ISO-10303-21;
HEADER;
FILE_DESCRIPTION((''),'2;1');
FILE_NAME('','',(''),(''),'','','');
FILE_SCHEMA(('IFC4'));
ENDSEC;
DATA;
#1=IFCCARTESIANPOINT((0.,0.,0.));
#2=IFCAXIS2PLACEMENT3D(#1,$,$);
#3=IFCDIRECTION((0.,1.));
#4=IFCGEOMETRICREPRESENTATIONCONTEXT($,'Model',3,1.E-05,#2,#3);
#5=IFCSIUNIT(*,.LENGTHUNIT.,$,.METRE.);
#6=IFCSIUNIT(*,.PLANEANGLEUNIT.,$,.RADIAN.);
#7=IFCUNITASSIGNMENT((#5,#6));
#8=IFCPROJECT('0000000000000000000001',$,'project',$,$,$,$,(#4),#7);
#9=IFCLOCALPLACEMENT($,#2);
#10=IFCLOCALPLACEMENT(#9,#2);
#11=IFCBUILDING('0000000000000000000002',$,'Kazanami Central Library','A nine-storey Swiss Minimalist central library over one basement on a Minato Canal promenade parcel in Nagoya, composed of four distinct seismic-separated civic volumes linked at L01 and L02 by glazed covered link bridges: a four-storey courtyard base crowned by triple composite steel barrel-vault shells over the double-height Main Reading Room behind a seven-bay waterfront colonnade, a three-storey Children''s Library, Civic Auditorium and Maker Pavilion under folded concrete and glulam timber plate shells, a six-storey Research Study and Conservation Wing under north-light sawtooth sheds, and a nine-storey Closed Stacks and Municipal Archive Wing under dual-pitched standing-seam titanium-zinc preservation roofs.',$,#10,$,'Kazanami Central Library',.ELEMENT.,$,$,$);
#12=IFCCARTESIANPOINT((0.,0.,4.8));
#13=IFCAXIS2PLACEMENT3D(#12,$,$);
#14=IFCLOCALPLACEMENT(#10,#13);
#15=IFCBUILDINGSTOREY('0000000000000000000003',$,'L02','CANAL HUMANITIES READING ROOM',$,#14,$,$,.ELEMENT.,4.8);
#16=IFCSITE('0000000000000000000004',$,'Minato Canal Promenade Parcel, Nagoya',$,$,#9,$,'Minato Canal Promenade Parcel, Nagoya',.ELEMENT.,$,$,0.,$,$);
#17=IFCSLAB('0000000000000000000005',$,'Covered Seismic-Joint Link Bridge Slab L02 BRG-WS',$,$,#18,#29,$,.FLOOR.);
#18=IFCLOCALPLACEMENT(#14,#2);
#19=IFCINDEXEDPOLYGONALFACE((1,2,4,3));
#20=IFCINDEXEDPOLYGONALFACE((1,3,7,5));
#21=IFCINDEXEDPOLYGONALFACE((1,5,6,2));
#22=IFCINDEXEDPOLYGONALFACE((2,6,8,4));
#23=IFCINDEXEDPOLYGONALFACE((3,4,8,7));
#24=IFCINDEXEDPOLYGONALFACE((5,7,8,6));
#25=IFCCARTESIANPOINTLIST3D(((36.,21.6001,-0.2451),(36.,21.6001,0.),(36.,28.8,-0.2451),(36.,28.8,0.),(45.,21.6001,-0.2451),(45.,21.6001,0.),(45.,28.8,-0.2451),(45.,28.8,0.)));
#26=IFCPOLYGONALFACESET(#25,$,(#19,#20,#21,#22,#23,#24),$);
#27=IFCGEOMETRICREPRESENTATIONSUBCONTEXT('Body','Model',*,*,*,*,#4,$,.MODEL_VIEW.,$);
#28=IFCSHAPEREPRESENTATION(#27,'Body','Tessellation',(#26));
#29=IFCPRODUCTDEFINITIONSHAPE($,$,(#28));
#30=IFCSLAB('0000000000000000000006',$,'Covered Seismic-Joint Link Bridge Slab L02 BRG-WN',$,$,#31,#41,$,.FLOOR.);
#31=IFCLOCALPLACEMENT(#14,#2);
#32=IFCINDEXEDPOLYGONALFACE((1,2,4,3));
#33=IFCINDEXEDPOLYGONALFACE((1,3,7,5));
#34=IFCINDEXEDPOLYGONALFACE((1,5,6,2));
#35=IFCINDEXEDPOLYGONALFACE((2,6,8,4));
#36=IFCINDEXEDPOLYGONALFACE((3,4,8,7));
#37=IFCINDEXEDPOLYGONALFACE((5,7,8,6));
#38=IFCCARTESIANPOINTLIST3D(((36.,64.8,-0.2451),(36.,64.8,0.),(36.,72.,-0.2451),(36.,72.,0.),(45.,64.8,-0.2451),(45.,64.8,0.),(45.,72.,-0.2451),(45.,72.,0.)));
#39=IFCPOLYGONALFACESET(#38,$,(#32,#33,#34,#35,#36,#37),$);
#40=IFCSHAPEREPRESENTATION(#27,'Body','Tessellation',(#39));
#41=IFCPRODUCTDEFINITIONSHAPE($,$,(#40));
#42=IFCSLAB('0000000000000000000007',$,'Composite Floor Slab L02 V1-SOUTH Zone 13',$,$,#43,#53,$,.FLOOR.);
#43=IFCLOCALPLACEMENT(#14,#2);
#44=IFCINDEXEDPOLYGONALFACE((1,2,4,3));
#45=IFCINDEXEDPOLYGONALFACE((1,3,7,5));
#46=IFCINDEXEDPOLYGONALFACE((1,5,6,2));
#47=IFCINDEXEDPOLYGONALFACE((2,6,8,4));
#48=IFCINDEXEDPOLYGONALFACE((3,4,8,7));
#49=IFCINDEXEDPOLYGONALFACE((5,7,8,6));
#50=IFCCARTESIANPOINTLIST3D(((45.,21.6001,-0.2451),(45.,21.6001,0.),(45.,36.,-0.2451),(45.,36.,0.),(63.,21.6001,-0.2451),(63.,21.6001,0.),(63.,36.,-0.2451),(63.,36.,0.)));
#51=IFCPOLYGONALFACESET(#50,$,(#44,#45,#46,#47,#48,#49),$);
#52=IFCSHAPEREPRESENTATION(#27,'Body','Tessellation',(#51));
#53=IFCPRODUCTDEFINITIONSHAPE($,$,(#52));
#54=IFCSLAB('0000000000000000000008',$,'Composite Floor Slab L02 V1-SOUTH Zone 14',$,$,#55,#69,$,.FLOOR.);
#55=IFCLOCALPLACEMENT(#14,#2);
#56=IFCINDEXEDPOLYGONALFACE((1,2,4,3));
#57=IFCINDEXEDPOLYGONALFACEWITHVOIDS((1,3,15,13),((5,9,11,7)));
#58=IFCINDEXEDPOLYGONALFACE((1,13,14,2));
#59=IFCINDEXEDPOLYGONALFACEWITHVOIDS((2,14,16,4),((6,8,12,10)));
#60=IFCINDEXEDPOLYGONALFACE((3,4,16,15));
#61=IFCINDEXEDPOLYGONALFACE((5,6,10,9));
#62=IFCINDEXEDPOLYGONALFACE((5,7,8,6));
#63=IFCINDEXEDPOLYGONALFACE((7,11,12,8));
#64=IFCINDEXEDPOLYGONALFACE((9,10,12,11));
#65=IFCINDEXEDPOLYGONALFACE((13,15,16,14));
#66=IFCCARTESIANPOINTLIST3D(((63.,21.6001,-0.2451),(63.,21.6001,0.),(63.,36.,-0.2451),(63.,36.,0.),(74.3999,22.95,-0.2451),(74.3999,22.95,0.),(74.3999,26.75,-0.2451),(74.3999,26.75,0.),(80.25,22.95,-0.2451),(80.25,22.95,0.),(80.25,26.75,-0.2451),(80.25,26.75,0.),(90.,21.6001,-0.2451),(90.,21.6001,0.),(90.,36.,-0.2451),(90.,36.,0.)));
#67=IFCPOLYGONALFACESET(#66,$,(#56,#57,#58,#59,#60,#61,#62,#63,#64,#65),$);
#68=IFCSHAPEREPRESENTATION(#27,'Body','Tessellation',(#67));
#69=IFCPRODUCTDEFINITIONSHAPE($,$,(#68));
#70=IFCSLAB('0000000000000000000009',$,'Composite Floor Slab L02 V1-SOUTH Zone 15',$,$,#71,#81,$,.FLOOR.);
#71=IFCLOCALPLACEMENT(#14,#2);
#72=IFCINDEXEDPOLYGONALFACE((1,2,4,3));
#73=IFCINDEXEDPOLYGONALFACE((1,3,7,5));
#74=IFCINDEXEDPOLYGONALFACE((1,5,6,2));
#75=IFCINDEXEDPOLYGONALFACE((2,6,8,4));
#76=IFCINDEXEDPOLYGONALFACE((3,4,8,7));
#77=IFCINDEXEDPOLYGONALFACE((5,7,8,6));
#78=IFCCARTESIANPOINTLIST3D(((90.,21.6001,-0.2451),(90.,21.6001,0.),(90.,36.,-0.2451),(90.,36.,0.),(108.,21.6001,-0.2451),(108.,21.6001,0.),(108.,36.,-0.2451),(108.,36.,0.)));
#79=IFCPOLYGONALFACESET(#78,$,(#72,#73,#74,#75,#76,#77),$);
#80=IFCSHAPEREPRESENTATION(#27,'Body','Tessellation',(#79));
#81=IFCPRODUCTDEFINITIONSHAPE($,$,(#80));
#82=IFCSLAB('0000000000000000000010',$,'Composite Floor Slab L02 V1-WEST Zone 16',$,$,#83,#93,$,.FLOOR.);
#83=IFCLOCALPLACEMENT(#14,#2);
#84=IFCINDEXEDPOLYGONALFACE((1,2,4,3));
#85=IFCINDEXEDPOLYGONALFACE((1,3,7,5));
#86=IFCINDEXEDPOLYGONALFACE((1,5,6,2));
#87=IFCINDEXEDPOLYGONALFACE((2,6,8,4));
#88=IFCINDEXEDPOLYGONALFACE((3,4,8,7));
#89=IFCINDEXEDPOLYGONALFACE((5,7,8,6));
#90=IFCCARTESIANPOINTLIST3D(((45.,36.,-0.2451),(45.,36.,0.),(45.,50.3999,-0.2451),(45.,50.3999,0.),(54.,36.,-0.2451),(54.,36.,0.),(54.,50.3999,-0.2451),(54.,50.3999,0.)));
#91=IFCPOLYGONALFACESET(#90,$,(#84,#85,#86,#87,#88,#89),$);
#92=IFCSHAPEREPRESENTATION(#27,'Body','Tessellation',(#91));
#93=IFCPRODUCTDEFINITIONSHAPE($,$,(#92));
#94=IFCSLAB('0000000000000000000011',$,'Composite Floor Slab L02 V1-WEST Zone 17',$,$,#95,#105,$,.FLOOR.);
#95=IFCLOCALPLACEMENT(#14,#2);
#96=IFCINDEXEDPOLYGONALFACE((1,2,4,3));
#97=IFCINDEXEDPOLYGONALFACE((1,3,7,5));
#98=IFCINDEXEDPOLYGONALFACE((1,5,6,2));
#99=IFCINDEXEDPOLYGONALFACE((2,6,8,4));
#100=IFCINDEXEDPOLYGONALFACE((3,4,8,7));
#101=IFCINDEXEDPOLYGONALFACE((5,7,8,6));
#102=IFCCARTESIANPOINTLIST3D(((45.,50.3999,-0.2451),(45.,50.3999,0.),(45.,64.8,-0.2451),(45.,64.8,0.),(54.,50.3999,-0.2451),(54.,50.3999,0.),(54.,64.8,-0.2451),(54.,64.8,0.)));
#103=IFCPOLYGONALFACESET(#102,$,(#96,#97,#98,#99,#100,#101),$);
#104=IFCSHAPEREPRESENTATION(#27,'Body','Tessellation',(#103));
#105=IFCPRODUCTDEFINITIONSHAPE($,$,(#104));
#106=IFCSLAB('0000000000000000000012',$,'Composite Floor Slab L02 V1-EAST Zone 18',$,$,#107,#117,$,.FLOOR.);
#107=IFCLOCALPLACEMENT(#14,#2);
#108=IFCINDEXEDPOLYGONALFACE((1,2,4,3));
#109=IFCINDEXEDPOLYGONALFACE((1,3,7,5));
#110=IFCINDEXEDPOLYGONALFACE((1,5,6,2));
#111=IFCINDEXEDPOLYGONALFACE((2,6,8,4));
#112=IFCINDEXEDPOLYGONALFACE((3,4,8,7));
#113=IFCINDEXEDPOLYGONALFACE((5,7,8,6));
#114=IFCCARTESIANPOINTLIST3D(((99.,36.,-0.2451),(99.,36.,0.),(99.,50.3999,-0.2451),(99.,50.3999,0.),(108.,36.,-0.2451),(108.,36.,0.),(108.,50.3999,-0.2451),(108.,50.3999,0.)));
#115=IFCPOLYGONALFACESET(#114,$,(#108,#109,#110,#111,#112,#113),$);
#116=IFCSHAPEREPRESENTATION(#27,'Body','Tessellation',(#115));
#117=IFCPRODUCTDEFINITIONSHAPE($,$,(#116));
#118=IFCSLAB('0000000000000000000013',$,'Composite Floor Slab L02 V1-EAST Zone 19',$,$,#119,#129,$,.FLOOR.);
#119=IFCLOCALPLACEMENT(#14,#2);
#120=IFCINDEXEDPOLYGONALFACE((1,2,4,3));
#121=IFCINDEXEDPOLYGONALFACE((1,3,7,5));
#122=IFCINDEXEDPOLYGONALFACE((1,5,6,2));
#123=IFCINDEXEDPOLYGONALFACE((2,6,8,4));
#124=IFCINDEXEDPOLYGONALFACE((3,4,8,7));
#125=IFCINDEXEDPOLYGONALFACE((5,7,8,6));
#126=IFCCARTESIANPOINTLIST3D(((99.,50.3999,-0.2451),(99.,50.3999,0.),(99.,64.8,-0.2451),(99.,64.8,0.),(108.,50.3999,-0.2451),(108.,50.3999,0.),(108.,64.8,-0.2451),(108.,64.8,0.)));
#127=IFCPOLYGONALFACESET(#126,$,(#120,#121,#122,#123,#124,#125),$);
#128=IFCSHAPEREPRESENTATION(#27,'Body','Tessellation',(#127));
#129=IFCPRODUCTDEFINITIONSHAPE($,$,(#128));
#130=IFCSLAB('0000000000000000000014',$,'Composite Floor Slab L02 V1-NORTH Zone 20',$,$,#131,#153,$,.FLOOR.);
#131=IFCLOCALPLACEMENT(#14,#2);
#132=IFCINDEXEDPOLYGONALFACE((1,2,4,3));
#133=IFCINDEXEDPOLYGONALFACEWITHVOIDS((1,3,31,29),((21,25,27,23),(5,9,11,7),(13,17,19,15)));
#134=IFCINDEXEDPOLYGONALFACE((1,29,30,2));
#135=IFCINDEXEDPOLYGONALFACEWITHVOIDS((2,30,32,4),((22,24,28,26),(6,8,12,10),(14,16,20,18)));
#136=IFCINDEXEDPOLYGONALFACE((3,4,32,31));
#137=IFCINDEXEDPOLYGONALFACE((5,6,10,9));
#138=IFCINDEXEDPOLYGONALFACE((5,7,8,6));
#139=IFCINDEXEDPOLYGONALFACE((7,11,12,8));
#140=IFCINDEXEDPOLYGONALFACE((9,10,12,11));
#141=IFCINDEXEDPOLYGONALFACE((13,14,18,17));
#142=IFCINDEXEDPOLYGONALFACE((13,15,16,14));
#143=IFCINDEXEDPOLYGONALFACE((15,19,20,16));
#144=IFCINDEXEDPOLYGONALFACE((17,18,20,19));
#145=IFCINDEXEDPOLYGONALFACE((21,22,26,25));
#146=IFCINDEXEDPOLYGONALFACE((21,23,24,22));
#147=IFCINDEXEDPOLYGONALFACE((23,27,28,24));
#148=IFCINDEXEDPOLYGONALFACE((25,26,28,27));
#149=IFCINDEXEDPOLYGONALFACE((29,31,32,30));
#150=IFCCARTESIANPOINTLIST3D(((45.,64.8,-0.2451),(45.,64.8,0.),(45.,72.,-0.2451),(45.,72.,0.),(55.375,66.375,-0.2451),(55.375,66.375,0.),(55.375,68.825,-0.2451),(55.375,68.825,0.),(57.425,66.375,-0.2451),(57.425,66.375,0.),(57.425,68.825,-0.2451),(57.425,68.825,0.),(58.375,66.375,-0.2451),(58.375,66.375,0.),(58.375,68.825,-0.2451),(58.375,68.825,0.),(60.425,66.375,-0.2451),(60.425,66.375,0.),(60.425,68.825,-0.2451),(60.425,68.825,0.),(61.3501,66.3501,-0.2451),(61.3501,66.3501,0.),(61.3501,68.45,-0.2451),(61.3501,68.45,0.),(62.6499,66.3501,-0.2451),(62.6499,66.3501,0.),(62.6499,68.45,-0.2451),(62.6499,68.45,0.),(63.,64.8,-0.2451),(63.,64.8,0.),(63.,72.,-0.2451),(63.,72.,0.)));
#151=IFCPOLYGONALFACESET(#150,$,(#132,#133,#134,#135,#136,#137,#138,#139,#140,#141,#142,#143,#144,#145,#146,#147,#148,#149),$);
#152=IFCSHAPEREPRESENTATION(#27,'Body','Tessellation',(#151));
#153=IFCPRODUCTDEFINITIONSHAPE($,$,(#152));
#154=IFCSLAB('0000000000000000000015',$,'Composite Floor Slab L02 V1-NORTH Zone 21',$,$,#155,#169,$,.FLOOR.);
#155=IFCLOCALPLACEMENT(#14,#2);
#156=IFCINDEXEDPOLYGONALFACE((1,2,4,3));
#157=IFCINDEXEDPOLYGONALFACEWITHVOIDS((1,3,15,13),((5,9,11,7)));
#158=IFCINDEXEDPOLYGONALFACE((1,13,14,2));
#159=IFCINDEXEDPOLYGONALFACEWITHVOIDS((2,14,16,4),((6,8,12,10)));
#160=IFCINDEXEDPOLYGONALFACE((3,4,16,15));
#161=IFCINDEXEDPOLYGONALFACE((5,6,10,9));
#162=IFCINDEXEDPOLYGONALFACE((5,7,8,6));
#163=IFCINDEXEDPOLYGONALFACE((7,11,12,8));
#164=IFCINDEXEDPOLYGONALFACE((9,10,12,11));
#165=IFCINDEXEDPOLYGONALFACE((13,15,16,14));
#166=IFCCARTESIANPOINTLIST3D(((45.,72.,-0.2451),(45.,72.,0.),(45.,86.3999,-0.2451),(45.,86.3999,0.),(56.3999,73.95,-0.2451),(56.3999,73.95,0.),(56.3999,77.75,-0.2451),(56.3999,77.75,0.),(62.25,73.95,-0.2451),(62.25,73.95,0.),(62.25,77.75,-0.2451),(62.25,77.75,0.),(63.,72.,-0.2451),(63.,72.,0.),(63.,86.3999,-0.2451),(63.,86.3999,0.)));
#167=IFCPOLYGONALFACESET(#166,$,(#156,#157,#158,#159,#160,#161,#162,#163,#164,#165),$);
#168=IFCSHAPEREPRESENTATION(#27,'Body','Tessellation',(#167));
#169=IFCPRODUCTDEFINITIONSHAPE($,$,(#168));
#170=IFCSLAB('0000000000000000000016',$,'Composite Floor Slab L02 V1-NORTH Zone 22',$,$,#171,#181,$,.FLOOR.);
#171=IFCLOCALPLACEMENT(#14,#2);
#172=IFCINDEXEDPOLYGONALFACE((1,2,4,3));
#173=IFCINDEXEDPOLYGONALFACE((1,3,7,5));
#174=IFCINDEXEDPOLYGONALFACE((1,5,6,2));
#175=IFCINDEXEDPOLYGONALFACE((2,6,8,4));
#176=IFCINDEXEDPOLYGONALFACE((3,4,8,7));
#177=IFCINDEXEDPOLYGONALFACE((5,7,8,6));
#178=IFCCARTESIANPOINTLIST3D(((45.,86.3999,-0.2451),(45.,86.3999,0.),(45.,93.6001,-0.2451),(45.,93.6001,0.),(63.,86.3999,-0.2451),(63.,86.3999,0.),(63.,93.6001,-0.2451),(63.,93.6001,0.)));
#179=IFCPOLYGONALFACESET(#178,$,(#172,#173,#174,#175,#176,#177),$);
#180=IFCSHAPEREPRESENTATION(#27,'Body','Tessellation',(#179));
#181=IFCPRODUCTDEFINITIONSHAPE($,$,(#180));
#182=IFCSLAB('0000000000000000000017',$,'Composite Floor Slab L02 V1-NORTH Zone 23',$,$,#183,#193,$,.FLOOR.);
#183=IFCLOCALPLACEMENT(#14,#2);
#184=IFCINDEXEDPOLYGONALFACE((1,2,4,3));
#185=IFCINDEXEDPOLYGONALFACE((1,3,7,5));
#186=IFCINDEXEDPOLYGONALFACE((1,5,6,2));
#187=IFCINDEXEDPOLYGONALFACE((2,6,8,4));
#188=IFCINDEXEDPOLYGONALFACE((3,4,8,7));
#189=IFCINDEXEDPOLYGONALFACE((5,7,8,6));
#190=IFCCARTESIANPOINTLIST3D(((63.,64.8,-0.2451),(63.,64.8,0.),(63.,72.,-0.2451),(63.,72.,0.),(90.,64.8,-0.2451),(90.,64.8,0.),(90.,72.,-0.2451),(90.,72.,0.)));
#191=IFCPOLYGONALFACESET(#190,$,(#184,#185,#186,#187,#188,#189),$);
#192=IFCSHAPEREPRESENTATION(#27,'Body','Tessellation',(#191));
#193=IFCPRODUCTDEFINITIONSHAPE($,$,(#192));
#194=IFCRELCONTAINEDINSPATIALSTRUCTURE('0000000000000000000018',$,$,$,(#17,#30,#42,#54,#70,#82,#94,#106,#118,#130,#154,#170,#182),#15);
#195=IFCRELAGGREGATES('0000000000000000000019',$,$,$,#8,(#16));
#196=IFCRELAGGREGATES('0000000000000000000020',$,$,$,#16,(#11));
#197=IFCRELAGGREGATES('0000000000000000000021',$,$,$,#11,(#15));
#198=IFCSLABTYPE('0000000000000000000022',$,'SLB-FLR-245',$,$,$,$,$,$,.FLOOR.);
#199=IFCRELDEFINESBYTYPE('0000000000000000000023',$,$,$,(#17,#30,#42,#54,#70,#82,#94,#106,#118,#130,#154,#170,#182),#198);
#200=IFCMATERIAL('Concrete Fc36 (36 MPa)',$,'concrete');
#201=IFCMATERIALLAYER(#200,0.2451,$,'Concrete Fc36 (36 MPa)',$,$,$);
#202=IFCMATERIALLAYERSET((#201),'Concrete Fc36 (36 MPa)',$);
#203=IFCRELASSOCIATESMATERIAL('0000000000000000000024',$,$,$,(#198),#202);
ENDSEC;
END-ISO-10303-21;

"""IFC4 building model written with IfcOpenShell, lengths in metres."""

from ifc_helpers import new_model, si_unit, direction, frame, origin, place, context, subcontext, project, spatial, polyline, outline, extrude, material, layer, layer_set, type_object, element, save


model = new_model("IFC4")

# Units and contexts
model_context = context("Model", 3, precision=1e-05, world=origin(), true_north=direction((0.0, 1.0)))
body_context = subcontext(model_context, "Body", "Model", "MODEL_VIEW")
ifc_project = project(units=[si_unit("LENGTHUNIT", "METRE"), si_unit("PLANEANGLEUNIT", "RADIAN")], contexts=[model_context])

# Site, building, storey
site_placement = place(None, origin())
site = spatial("IfcSite", under=ifc_project, at=site_placement, Name="Minato Canal Promenade Parcel, Nagoya", LongName="Minato Canal Promenade Parcel, Nagoya", CompositionType="ELEMENT", RefElevation=0.0)
building_placement = place(site_placement, origin())
building = spatial("IfcBuilding", under=site, at=building_placement, Name="Kazanami Central Library", Description="A nine-storey Swiss Minimalist central library over one basement on a Minato Canal promenade parcel in Nagoya, composed of four distinct seismic-separated civic volumes linked at L01 and L02 by glazed covered link bridges: a four-storey courtyard base crowned by triple composite steel barrel-vault shells over the double-height Main Reading Room behind a seven-bay waterfront colonnade, a three-storey Children's Library, Civic Auditorium and Maker Pavilion under folded concrete and glulam timber plate shells, a six-storey Research Study and Conservation Wing under north-light sawtooth sheds, and a nine-storey Closed Stacks and Municipal Archive Wing under dual-pitched standing-seam titanium-zinc preservation roofs.", LongName="Kazanami Central Library", CompositionType="ELEMENT")
storey_placement = place(building_placement, frame((0.0, 0.0, 4.8)))
storey = spatial("IfcBuildingStorey", under=building, at=storey_placement, Name="L02", Description="CANAL HUMANITIES READING ROOM", CompositionType="ELEMENT", Elevation=4.8)

# Slabs
ifc_material_1 = material(Name="Concrete Fc36 (36 MPa)", Category="concrete")
ifc_layer = layer(ifc_material_1, 0.2451, Name="Concrete Fc36 (36 MPa)")
ifc_layer_set = layer_set([ifc_layer], Name="Concrete Fc36 (36 MPa)")
slab_type = type_object("IfcSlabType", Name="SLB-FLR-245", PredefinedType="FLOOR", material=ifc_layer_set)
slab_1_placement = place(storey_placement, frame((0.0, 0.0, -0.2451)))
element("IfcSlab", 1, at=slab_1_placement, inside=storey, type_object=slab_type, Name="Covered Seismic-Joint Link Bridge Slab L02 BRG-WS", PredefinedType="FLOOR", context=body_context, shape_type="SweptSolid", body=[
    extrude(outline(polyline([(36.0, 21.6001), (45.0, 21.6001), (45.0, 28.8), (36.0, 28.8), (36.0, 21.6001)])), origin(), (0.0, 0.0, 1.0), 0.2451),
])
slab_2_placement = place(storey_placement, frame((0.0, 0.0, -0.2451)))
element("IfcSlab", 2, at=slab_2_placement, inside=storey, type_object=slab_type, Name="Covered Seismic-Joint Link Bridge Slab L02 BRG-WN", PredefinedType="FLOOR", context=body_context, shape_type="SweptSolid", body=[
    extrude(outline(polyline([(36.0, 64.8), (45.0, 64.8), (45.0, 72.0), (36.0, 72.0), (36.0, 64.8)])), origin(), (0.0, 0.0, 1.0), 0.2451),
])
slab_3_placement = place(storey_placement, frame((0.0, 0.0, -0.2451)))
element("IfcSlab", 3, at=slab_3_placement, inside=storey, type_object=slab_type, Name="Composite Floor Slab L02 V1-SOUTH Zone 13", PredefinedType="FLOOR", context=body_context, shape_type="SweptSolid", body=[
    extrude(outline(polyline([(45.0, 21.6001), (63.0, 21.6001), (63.0, 36.0), (45.0, 36.0), (45.0, 21.6001)])), origin(), (0.0, 0.0, 1.0), 0.2451),
])
slab_4_placement = place(storey_placement, frame((0.0, 0.0, -0.2451)))
element("IfcSlab", 4, at=slab_4_placement, inside=storey, type_object=slab_type, Name="Composite Floor Slab L02 V1-SOUTH Zone 14", PredefinedType="FLOOR", context=body_context, shape_type="SweptSolid", body=[
    extrude(outline(polyline([(63.0, 21.6001), (90.0, 21.6001), (90.0, 36.0), (63.0, 36.0), (63.0, 21.6001)]), holes=[polyline([(74.3999, 22.95), (80.25, 22.95), (80.25, 26.75), (74.3999, 26.75), (74.3999, 22.95)])]), origin(), (0.0, 0.0, 1.0), 0.2451),
])
slab_5_placement = place(storey_placement, frame((0.0, 0.0, -0.2451)))
element("IfcSlab", 5, at=slab_5_placement, inside=storey, type_object=slab_type, Name="Composite Floor Slab L02 V1-SOUTH Zone 15", PredefinedType="FLOOR", context=body_context, shape_type="SweptSolid", body=[
    extrude(outline(polyline([(90.0, 21.6001), (108.0, 21.6001), (108.0, 36.0), (90.0, 36.0), (90.0, 21.6001)])), origin(), (0.0, 0.0, 1.0), 0.2451),
])
slab_6_placement = place(storey_placement, frame((0.0, 0.0, -0.2451)))
element("IfcSlab", 6, at=slab_6_placement, inside=storey, type_object=slab_type, Name="Composite Floor Slab L02 V1-WEST Zone 16", PredefinedType="FLOOR", context=body_context, shape_type="SweptSolid", body=[
    extrude(outline(polyline([(45.0, 36.0), (54.0, 36.0), (54.0, 50.3999), (45.0, 50.3999), (45.0, 36.0)])), origin(), (0.0, 0.0, 1.0), 0.2451),
])
slab_7_placement = place(storey_placement, frame((0.0, 0.0, -0.2451)))
element("IfcSlab", 7, at=slab_7_placement, inside=storey, type_object=slab_type, Name="Composite Floor Slab L02 V1-WEST Zone 17", PredefinedType="FLOOR", context=body_context, shape_type="SweptSolid", body=[
    extrude(outline(polyline([(45.0, 50.3999), (54.0, 50.3999), (54.0, 64.8), (45.0, 64.8), (45.0, 50.3999)])), origin(), (0.0, 0.0, 1.0), 0.2451),
])
slab_8_placement = place(storey_placement, frame((0.0, 0.0, -0.2451)))
element("IfcSlab", 8, at=slab_8_placement, inside=storey, type_object=slab_type, Name="Composite Floor Slab L02 V1-EAST Zone 18", PredefinedType="FLOOR", context=body_context, shape_type="SweptSolid", body=[
    extrude(outline(polyline([(99.0, 36.0), (108.0, 36.0), (108.0, 50.3999), (99.0, 50.3999), (99.0, 36.0)])), origin(), (0.0, 0.0, 1.0), 0.2451),
])
slab_9_placement = place(storey_placement, frame((0.0, 0.0, -0.2451)))
element("IfcSlab", 9, at=slab_9_placement, inside=storey, type_object=slab_type, Name="Composite Floor Slab L02 V1-EAST Zone 19", PredefinedType="FLOOR", context=body_context, shape_type="SweptSolid", body=[
    extrude(outline(polyline([(99.0, 50.3999), (108.0, 50.3999), (108.0, 64.8), (99.0, 64.8), (99.0, 50.3999)])), origin(), (0.0, 0.0, 1.0), 0.2451),
])
slab_10_placement = place(storey_placement, frame((0.0, 0.0, -0.2451)))
element("IfcSlab", 10, at=slab_10_placement, inside=storey, type_object=slab_type, Name="Composite Floor Slab L02 V1-NORTH Zone 20", PredefinedType="FLOOR", context=body_context, shape_type="SweptSolid", body=[
    extrude(outline(polyline([(45.0, 64.8), (63.0, 64.8), (63.0, 72.0), (45.0, 72.0), (45.0, 64.8)]), holes=[polyline([(55.375, 66.375), (57.425, 66.375), (57.425, 68.825), (55.375, 68.825), (55.375, 66.375)]), polyline([(58.375, 66.375), (60.425, 66.375), (60.425, 68.825), (58.375, 68.825), (58.375, 66.375)]), polyline([(61.3501, 66.3501), (62.6499, 66.3501), (62.6499, 68.45), (61.3501, 68.45), (61.3501, 66.3501)])]), origin(), (0.0, 0.0, 1.0), 0.2451),
])
slab_11_placement = place(storey_placement, frame((0.0, 0.0, -0.2451)))
element("IfcSlab", 11, at=slab_11_placement, inside=storey, type_object=slab_type, Name="Composite Floor Slab L02 V1-NORTH Zone 21", PredefinedType="FLOOR", context=body_context, shape_type="SweptSolid", body=[
    extrude(outline(polyline([(45.0, 72.0), (63.0, 72.0), (63.0, 86.3999), (45.0, 86.3999), (45.0, 72.0)]), holes=[polyline([(56.3999, 73.95), (62.25, 73.95), (62.25, 77.75), (56.3999, 77.75), (56.3999, 73.95)])]), origin(), (0.0, 0.0, 1.0), 0.2451),
])
slab_12_placement = place(storey_placement, frame((0.0, 0.0, -0.2451)))
element("IfcSlab", 12, at=slab_12_placement, inside=storey, type_object=slab_type, Name="Composite Floor Slab L02 V1-NORTH Zone 22", PredefinedType="FLOOR", context=body_context, shape_type="SweptSolid", body=[
    extrude(outline(polyline([(45.0, 86.3999), (63.0, 86.3999), (63.0, 93.6001), (45.0, 93.6001), (45.0, 86.3999)])), origin(), (0.0, 0.0, 1.0), 0.2451),
])
slab_13_placement = place(storey_placement, frame((0.0, 0.0, -0.2451)))
element("IfcSlab", 13, at=slab_13_placement, inside=storey, type_object=slab_type, Name="Composite Floor Slab L02 V1-NORTH Zone 23", PredefinedType="FLOOR", context=body_context, shape_type="SweptSolid", body=[
    extrude(outline(polyline([(63.0, 64.8), (90.0, 64.8), (90.0, 72.0), (63.0, 72.0), (63.0, 64.8)])), origin(), (0.0, 0.0, 1.0), 0.2451),
])

save(model, "model.ifc")
